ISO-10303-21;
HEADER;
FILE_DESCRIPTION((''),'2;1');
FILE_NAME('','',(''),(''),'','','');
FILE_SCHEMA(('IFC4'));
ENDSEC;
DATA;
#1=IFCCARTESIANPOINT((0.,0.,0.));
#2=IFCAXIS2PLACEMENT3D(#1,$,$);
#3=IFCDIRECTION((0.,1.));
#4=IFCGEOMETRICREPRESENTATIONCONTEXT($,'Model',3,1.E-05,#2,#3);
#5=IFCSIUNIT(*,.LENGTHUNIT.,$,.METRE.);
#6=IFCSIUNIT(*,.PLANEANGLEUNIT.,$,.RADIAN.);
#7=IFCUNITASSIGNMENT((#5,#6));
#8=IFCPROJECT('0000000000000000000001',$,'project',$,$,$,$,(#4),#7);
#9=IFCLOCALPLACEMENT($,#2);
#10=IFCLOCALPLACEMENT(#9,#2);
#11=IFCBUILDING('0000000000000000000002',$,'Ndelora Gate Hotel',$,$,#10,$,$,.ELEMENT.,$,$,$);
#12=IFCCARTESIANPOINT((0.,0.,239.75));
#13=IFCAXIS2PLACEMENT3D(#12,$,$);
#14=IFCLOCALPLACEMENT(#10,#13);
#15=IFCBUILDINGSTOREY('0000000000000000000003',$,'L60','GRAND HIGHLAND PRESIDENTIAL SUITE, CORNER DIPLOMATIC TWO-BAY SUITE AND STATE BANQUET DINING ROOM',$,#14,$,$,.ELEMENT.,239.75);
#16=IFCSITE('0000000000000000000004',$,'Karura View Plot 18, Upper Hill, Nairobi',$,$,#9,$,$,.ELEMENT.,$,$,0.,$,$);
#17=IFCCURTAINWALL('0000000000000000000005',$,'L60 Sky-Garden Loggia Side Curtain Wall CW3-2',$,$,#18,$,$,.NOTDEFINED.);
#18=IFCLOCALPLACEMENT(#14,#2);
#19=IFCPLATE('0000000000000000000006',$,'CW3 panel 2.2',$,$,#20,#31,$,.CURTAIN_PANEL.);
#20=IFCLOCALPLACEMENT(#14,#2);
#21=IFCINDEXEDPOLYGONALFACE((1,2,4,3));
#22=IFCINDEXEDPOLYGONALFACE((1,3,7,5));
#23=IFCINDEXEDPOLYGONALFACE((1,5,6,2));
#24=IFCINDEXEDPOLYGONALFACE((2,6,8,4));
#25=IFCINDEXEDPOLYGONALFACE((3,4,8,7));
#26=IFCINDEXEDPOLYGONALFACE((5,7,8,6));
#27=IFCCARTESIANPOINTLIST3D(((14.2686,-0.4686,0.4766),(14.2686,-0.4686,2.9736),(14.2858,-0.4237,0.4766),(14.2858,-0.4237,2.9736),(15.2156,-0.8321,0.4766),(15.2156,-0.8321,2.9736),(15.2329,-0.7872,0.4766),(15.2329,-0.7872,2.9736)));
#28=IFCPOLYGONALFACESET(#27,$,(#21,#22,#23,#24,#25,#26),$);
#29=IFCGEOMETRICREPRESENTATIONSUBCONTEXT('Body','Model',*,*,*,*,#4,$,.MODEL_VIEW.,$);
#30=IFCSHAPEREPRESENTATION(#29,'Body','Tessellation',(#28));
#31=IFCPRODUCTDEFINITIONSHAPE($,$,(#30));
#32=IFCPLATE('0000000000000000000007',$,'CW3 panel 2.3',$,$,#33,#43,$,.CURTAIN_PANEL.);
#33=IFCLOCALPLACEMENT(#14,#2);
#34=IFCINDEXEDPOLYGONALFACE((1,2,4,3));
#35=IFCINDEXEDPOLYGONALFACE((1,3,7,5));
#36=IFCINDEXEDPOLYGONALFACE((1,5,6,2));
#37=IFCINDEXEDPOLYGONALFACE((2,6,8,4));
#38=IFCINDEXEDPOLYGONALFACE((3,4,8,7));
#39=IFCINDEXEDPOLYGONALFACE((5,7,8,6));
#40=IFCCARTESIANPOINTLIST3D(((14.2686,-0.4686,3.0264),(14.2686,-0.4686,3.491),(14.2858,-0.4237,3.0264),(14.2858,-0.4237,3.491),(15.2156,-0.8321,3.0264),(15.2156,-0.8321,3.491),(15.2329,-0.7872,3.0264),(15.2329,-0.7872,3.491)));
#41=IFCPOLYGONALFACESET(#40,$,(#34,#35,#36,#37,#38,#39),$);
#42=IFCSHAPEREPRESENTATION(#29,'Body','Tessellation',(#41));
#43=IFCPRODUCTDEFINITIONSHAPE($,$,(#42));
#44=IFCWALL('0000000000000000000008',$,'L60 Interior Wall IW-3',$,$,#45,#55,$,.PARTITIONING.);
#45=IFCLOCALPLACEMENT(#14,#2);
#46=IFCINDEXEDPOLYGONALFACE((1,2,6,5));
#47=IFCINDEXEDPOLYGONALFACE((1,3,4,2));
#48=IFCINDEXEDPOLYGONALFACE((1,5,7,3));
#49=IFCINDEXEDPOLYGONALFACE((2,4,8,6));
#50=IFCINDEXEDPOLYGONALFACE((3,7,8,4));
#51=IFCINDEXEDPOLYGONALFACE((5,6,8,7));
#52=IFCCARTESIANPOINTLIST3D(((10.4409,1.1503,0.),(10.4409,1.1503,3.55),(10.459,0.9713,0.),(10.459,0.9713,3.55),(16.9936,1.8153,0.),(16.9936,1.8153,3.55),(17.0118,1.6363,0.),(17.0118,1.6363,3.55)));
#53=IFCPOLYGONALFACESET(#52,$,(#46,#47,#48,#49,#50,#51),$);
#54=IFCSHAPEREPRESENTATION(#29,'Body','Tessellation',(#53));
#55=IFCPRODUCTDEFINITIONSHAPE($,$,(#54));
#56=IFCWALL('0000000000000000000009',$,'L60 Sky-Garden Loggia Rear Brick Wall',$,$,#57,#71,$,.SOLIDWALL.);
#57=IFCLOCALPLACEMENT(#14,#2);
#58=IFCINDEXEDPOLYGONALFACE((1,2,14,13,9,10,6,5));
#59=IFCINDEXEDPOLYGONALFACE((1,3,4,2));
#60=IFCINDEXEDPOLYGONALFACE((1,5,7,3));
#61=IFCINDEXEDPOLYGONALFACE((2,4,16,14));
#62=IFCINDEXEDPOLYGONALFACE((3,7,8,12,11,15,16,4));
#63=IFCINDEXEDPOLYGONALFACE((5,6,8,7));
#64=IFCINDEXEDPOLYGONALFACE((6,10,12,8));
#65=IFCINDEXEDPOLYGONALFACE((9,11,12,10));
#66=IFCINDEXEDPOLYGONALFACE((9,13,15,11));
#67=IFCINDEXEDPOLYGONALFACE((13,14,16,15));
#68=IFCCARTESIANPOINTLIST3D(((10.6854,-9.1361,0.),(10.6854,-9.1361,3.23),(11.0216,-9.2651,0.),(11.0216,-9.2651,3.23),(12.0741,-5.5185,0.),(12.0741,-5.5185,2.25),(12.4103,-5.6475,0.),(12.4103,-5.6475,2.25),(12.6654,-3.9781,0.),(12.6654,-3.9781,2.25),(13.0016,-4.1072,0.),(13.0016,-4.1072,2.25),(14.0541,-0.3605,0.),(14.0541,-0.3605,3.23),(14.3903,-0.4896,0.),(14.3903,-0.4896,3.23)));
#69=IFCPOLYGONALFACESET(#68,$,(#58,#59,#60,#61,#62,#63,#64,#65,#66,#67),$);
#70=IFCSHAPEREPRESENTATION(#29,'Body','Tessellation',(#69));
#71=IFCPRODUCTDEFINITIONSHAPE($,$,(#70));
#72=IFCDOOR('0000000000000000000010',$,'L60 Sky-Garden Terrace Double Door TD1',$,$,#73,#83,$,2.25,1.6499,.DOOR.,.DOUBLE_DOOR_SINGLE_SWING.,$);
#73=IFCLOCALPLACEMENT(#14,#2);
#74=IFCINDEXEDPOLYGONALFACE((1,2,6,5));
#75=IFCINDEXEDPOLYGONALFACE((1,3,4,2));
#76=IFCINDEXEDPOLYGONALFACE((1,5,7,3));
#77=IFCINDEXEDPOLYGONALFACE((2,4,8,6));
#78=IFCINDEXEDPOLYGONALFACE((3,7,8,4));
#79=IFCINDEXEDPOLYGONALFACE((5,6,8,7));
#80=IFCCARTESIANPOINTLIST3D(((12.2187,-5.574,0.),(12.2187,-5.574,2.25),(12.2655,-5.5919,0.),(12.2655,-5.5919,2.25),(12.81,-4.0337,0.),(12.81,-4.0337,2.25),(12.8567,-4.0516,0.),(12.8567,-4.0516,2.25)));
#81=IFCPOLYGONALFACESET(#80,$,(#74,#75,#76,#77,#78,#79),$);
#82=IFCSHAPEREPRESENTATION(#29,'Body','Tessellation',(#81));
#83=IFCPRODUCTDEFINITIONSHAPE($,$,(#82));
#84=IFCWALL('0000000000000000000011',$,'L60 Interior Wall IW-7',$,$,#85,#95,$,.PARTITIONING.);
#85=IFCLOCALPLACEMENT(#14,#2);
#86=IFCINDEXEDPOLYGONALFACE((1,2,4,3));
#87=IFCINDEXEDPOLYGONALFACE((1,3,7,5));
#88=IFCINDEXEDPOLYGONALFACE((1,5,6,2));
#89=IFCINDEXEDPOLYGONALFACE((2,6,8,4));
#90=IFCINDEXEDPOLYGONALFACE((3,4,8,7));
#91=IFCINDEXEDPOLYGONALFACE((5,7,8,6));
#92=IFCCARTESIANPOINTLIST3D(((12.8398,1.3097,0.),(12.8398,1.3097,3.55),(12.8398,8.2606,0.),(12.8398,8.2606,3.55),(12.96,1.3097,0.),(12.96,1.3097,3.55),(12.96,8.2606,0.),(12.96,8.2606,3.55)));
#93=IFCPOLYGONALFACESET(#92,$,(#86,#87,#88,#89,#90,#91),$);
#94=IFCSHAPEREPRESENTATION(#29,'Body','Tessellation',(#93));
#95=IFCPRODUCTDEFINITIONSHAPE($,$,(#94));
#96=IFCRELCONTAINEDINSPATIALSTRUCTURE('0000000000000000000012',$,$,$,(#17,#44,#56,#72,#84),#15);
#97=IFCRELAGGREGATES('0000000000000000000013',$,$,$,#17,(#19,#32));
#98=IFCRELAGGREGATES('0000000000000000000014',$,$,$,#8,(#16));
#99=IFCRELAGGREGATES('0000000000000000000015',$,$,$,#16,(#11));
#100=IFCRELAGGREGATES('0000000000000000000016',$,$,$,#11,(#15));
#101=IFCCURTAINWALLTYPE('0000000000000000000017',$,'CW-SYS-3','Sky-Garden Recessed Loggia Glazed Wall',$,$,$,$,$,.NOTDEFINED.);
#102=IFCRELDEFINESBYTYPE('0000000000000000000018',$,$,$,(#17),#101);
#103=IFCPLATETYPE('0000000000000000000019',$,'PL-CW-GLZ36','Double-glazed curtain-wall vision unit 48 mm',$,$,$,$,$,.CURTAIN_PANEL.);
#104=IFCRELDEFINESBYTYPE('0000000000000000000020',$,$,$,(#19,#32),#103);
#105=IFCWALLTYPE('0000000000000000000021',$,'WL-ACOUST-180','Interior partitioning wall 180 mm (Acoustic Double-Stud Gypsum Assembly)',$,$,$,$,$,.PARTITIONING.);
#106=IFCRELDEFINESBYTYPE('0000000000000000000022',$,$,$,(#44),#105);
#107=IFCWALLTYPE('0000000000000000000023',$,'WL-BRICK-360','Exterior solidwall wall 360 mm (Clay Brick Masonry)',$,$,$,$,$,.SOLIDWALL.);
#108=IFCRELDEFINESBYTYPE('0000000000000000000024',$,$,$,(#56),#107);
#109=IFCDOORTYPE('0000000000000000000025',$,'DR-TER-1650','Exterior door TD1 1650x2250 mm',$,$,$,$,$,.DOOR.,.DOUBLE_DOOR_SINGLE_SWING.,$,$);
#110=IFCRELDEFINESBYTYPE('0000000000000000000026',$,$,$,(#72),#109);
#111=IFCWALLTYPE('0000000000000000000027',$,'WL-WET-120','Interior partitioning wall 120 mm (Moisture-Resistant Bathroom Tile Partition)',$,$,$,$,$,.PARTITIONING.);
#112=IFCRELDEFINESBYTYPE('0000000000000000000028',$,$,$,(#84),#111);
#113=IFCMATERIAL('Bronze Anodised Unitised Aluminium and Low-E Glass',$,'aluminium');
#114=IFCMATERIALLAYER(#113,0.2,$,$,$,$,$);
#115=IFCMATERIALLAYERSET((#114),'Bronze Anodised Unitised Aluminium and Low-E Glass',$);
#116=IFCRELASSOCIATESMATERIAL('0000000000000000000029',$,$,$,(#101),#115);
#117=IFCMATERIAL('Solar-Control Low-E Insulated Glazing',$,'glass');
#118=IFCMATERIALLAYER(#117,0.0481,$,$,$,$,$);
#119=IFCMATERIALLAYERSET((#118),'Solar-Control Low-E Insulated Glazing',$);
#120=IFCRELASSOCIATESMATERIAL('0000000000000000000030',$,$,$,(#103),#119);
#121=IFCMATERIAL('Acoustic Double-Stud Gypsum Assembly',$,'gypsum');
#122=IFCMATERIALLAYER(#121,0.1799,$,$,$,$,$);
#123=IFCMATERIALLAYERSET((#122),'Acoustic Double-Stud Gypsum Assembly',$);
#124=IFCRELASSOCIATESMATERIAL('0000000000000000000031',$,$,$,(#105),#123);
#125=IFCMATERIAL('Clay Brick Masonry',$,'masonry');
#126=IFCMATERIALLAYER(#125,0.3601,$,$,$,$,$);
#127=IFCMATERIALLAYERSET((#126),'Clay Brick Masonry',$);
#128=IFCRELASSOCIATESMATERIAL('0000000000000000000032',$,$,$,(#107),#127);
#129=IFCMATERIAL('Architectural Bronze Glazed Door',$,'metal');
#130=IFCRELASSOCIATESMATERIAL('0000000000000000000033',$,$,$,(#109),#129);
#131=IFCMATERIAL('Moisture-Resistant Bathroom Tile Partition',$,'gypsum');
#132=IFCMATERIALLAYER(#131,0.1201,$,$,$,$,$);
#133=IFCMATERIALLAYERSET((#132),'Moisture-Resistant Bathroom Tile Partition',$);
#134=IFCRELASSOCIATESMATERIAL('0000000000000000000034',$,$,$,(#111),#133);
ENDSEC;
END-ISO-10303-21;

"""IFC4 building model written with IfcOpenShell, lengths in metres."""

from ifc_helpers import new_model, si_unit, direction, frame, frame_2d, origin, origin_2d, place, context, subcontext, project, spatial, rectangle, extrude, material, layer, layer_set, type_object, element, fill, aggregate, save


model = new_model("IFC4")

# Units and contexts
model_context = context("Model", 3, precision=1e-05, world=origin(), true_north=direction((0.0, 1.0)))
body_context = subcontext(model_context, "Body", "Model", "MODEL_VIEW")
ifc_project = project(units=[si_unit("LENGTHUNIT", "METRE"), si_unit("PLANEANGLEUNIT", "RADIAN")], contexts=[model_context])

# Site, building, storey
site_placement = place(None, origin())
site = spatial("IfcSite", under=ifc_project, at=site_placement, Name="Karura View Plot 18, Upper Hill, Nairobi", CompositionType="ELEMENT", RefElevation=0.0)
building_placement = place(site_placement, origin())
building = spatial("IfcBuilding", under=site, at=building_placement, Name="Ndelora Gate Hotel", CompositionType="ELEMENT")
storey_placement = place(building_placement, frame((0.0, 0.0, 239.75)))
storey = spatial("IfcBuildingStorey", under=building, at=storey_placement, Name="L60", Description="GRAND HIGHLAND PRESIDENTIAL SUITE, CORNER DIPLOMATIC TWO-BAY SUITE AND STATE BANQUET DINING ROOM", CompositionType="ELEMENT", Elevation=239.75)

# Curtain wall, plates
ifc_material_1 = material(Name="Bronze Anodised Unitised Aluminium and Low-E Glass", Category="aluminium")
ifc_layer_1 = layer(ifc_material_1, 0.2)
ifc_layer_set_1 = layer_set([ifc_layer_1], Name="Bronze Anodised Unitised Aluminium and Low-E Glass")
curtain_wall_type = type_object("IfcCurtainWallType", Name="CW-SYS-3", Description="Sky-Garden Recessed Loggia Glazed Wall", PredefinedType="NOTDEFINED", material=ifc_layer_set_1)
curtain_wall_placement = place(storey_placement, origin())
curtain_wall = element("IfcCurtainWall", 1, at=curtain_wall_placement, inside=storey, type_object=curtain_wall_type, Name="L60 Sky-Garden Loggia Side Curtain Wall CW3-2", PredefinedType="NOTDEFINED")
ifc_material_2 = material(Name="Solar-Control Low-E Insulated Glazing", Category="glass")
ifc_layer_2 = layer(ifc_material_2, 0.0481)
ifc_layer_set_2 = layer_set([ifc_layer_2], Name="Solar-Control Low-E Insulated Glazing")
plate_type = type_object("IfcPlateType", Name="PL-CW-GLZ36", Description="Double-glazed curtain-wall vision unit 48 mm", PredefinedType="CURTAIN_PANEL", material=ifc_layer_set_2)
plate_1_placement = place(storey_placement, frame((14.7507, -0.6279, 0.4766), z_axis=(0.0, 0.0, 1.0), x_axis=(-0.933583, 0.358361, 0.0)))
plate_1 = element("IfcPlate", 2, at=plate_1_placement, type_object=plate_type, Name="CW3 panel 2.2", PredefinedType="CURTAIN_PANEL", context=body_context, shape_type="SweptSolid", body=[
    extrude(rectangle(XDim=1.0144, YDim=0.0481, at=origin_2d()), origin(), (0.0, 0.0, 1.0), 2.4971),
])
plate_2_placement = place(storey_placement, frame((14.7507, -0.6279, 3.0264), z_axis=(0.0, 0.0, 1.0), x_axis=(-0.933583, 0.358361, 0.0)))
plate_2 = element("IfcPlate", 3, at=plate_2_placement, type_object=plate_type, Name="CW3 panel 2.3", PredefinedType="CURTAIN_PANEL", context=body_context, shape_type="SweptSolid", body=[
    extrude(rectangle(XDim=1.0144, YDim=0.0481, at=origin_2d()), origin(), (0.0, 0.0, 1.0), 0.4646),
])
aggregate(curtain_wall, [plate_1, plate_2])

# Wall
ifc_material_3 = material(Name="Acoustic Double-Stud Gypsum Assembly", Category="gypsum")
ifc_layer_3 = layer(ifc_material_3, 0.1799)
ifc_layer_set_3 = layer_set([ifc_layer_3], Name="Acoustic Double-Stud Gypsum Assembly")
wall_type_1 = type_object("IfcWallType", Name="WL-ACOUST-180", Description="Interior partitioning wall 180 mm (Acoustic Double-Stud Gypsum Assembly)", PredefinedType="PARTITIONING", material=ifc_layer_set_3)
wall_1_placement = place(storey_placement, frame((10.45, 1.0608, 0.0), z_axis=(0.0, 0.0, 1.0), x_axis=(0.994889, 0.100972, 0.0)))
element("IfcWall", 4, at=wall_1_placement, inside=storey, type_object=wall_type_1, Name="L60 Interior Wall IW-3", PredefinedType="PARTITIONING", context=body_context, shape_type="SweptSolid", body=[
    extrude(rectangle(XDim=6.5864, YDim=0.1799, at=frame_2d((3.2932, 0.0))), origin(), (0.0, 0.0, 1.0), 3.55),
])

# Wall, opening, door
ifc_material_4 = material(Name="Clay Brick Masonry", Category="masonry")
ifc_layer_4 = layer(ifc_material_4, 0.3601)
ifc_layer_set_4 = layer_set([ifc_layer_4], Name="Clay Brick Masonry")
wall_type_2 = type_object("IfcWallType", Name="WL-BRICK-360", Description="Exterior solidwall wall 360 mm (Clay Brick Masonry)", PredefinedType="SOLIDWALL", material=ifc_layer_set_4)
wall_2_placement = place(storey_placement, frame((14.2222, -0.425, 0.0), z_axis=(0.0, 0.0, 1.0), x_axis=(-0.358368, -0.93358, 0.0)))
wall_2 = element("IfcWall", 5, at=wall_2_placement, inside=storey, type_object=wall_type_2, Name="L60 Sky-Garden Loggia Rear Brick Wall", PredefinedType="SOLIDWALL", context=body_context, shape_type="SweptSolid", body=[
    extrude(rectangle(XDim=9.3999, YDim=0.3601, at=frame_2d((4.7, 0.0))), origin(), (0.0, 0.0, 1.0), 3.23),
])
opening_placement = place(wall_2_placement, frame((3.875, 0.0, 0.0)))
opening = element("IfcOpeningElement", 6, at=opening_placement, cuts=wall_2, PredefinedType="OPENING", context=body_context, shape_type="SweptSolid", body=[
    extrude(rectangle(XDim=1.6499, YDim=2.25, at=frame_2d((0.825, 1.125))), frame((0.0, 0.1899, 0.0), z_axis=(0.0, -1.0, 0.0), x_axis=(1.0, 0.0, 0.0)), (0.0, 0.0, 1.0), 0.3801),
])
ifc_material_5 = material(Name="Architectural Bronze Glazed Door", Category="metal")
door_type = type_object("IfcDoorType", Name="DR-TER-1650", Description="Exterior door TD1 1650x2250 mm", OperationType="DOUBLE_DOOR_SINGLE_SWING", PredefinedType="DOOR", material=ifc_material_5)
door_placement = place(opening_placement, origin())
door = element("IfcDoor", 7, at=door_placement, inside=storey, type_object=door_type, Name="L60 Sky-Garden Terrace Double Door TD1", OperationType="DOUBLE_DOOR_SINGLE_SWING", OverallHeight=2.25, OverallWidth=1.6499, PredefinedType="DOOR", context=body_context, shape_type="SweptSolid", body=[
    extrude(rectangle(XDim=1.6499, YDim=2.25, at=frame_2d((0.825, 1.125))), frame((0.0, 0.0249, 0.0), z_axis=(0.0, -1.0, 0.0), x_axis=(1.0, 0.0, 0.0)), (0.0, 0.0, 1.0), 0.05),
])
fill(opening, door)

# Wall
ifc_material_6 = material(Name="Moisture-Resistant Bathroom Tile Partition", Category="gypsum")
ifc_layer_5 = layer(ifc_material_6, 0.1201)
ifc_layer_set_5 = layer_set([ifc_layer_5], Name="Moisture-Resistant Bathroom Tile Partition")
wall_type_3 = type_object("IfcWallType", Name="WL-WET-120", Description="Interior partitioning wall 120 mm (Moisture-Resistant Bathroom Tile Partition)", PredefinedType="PARTITIONING", material=ifc_layer_set_5)
wall_3_placement = place(storey_placement, frame((12.8999, 1.3096, 0.0), z_axis=(0.0, 0.0, 1.0), x_axis=(0.0, 1.0, 0.0)))
element("IfcWall", 8, at=wall_3_placement, inside=storey, type_object=wall_type_3, Name="L60 Interior Wall IW-7", PredefinedType="PARTITIONING", context=body_context, shape_type="SweptSolid", body=[
    extrude(rectangle(XDim=6.9509, YDim=0.1201, at=frame_2d((3.4756, 0.0))), origin(), (0.0, 0.0, 1.0), 3.55),
])

save(model, "model.ifc")
